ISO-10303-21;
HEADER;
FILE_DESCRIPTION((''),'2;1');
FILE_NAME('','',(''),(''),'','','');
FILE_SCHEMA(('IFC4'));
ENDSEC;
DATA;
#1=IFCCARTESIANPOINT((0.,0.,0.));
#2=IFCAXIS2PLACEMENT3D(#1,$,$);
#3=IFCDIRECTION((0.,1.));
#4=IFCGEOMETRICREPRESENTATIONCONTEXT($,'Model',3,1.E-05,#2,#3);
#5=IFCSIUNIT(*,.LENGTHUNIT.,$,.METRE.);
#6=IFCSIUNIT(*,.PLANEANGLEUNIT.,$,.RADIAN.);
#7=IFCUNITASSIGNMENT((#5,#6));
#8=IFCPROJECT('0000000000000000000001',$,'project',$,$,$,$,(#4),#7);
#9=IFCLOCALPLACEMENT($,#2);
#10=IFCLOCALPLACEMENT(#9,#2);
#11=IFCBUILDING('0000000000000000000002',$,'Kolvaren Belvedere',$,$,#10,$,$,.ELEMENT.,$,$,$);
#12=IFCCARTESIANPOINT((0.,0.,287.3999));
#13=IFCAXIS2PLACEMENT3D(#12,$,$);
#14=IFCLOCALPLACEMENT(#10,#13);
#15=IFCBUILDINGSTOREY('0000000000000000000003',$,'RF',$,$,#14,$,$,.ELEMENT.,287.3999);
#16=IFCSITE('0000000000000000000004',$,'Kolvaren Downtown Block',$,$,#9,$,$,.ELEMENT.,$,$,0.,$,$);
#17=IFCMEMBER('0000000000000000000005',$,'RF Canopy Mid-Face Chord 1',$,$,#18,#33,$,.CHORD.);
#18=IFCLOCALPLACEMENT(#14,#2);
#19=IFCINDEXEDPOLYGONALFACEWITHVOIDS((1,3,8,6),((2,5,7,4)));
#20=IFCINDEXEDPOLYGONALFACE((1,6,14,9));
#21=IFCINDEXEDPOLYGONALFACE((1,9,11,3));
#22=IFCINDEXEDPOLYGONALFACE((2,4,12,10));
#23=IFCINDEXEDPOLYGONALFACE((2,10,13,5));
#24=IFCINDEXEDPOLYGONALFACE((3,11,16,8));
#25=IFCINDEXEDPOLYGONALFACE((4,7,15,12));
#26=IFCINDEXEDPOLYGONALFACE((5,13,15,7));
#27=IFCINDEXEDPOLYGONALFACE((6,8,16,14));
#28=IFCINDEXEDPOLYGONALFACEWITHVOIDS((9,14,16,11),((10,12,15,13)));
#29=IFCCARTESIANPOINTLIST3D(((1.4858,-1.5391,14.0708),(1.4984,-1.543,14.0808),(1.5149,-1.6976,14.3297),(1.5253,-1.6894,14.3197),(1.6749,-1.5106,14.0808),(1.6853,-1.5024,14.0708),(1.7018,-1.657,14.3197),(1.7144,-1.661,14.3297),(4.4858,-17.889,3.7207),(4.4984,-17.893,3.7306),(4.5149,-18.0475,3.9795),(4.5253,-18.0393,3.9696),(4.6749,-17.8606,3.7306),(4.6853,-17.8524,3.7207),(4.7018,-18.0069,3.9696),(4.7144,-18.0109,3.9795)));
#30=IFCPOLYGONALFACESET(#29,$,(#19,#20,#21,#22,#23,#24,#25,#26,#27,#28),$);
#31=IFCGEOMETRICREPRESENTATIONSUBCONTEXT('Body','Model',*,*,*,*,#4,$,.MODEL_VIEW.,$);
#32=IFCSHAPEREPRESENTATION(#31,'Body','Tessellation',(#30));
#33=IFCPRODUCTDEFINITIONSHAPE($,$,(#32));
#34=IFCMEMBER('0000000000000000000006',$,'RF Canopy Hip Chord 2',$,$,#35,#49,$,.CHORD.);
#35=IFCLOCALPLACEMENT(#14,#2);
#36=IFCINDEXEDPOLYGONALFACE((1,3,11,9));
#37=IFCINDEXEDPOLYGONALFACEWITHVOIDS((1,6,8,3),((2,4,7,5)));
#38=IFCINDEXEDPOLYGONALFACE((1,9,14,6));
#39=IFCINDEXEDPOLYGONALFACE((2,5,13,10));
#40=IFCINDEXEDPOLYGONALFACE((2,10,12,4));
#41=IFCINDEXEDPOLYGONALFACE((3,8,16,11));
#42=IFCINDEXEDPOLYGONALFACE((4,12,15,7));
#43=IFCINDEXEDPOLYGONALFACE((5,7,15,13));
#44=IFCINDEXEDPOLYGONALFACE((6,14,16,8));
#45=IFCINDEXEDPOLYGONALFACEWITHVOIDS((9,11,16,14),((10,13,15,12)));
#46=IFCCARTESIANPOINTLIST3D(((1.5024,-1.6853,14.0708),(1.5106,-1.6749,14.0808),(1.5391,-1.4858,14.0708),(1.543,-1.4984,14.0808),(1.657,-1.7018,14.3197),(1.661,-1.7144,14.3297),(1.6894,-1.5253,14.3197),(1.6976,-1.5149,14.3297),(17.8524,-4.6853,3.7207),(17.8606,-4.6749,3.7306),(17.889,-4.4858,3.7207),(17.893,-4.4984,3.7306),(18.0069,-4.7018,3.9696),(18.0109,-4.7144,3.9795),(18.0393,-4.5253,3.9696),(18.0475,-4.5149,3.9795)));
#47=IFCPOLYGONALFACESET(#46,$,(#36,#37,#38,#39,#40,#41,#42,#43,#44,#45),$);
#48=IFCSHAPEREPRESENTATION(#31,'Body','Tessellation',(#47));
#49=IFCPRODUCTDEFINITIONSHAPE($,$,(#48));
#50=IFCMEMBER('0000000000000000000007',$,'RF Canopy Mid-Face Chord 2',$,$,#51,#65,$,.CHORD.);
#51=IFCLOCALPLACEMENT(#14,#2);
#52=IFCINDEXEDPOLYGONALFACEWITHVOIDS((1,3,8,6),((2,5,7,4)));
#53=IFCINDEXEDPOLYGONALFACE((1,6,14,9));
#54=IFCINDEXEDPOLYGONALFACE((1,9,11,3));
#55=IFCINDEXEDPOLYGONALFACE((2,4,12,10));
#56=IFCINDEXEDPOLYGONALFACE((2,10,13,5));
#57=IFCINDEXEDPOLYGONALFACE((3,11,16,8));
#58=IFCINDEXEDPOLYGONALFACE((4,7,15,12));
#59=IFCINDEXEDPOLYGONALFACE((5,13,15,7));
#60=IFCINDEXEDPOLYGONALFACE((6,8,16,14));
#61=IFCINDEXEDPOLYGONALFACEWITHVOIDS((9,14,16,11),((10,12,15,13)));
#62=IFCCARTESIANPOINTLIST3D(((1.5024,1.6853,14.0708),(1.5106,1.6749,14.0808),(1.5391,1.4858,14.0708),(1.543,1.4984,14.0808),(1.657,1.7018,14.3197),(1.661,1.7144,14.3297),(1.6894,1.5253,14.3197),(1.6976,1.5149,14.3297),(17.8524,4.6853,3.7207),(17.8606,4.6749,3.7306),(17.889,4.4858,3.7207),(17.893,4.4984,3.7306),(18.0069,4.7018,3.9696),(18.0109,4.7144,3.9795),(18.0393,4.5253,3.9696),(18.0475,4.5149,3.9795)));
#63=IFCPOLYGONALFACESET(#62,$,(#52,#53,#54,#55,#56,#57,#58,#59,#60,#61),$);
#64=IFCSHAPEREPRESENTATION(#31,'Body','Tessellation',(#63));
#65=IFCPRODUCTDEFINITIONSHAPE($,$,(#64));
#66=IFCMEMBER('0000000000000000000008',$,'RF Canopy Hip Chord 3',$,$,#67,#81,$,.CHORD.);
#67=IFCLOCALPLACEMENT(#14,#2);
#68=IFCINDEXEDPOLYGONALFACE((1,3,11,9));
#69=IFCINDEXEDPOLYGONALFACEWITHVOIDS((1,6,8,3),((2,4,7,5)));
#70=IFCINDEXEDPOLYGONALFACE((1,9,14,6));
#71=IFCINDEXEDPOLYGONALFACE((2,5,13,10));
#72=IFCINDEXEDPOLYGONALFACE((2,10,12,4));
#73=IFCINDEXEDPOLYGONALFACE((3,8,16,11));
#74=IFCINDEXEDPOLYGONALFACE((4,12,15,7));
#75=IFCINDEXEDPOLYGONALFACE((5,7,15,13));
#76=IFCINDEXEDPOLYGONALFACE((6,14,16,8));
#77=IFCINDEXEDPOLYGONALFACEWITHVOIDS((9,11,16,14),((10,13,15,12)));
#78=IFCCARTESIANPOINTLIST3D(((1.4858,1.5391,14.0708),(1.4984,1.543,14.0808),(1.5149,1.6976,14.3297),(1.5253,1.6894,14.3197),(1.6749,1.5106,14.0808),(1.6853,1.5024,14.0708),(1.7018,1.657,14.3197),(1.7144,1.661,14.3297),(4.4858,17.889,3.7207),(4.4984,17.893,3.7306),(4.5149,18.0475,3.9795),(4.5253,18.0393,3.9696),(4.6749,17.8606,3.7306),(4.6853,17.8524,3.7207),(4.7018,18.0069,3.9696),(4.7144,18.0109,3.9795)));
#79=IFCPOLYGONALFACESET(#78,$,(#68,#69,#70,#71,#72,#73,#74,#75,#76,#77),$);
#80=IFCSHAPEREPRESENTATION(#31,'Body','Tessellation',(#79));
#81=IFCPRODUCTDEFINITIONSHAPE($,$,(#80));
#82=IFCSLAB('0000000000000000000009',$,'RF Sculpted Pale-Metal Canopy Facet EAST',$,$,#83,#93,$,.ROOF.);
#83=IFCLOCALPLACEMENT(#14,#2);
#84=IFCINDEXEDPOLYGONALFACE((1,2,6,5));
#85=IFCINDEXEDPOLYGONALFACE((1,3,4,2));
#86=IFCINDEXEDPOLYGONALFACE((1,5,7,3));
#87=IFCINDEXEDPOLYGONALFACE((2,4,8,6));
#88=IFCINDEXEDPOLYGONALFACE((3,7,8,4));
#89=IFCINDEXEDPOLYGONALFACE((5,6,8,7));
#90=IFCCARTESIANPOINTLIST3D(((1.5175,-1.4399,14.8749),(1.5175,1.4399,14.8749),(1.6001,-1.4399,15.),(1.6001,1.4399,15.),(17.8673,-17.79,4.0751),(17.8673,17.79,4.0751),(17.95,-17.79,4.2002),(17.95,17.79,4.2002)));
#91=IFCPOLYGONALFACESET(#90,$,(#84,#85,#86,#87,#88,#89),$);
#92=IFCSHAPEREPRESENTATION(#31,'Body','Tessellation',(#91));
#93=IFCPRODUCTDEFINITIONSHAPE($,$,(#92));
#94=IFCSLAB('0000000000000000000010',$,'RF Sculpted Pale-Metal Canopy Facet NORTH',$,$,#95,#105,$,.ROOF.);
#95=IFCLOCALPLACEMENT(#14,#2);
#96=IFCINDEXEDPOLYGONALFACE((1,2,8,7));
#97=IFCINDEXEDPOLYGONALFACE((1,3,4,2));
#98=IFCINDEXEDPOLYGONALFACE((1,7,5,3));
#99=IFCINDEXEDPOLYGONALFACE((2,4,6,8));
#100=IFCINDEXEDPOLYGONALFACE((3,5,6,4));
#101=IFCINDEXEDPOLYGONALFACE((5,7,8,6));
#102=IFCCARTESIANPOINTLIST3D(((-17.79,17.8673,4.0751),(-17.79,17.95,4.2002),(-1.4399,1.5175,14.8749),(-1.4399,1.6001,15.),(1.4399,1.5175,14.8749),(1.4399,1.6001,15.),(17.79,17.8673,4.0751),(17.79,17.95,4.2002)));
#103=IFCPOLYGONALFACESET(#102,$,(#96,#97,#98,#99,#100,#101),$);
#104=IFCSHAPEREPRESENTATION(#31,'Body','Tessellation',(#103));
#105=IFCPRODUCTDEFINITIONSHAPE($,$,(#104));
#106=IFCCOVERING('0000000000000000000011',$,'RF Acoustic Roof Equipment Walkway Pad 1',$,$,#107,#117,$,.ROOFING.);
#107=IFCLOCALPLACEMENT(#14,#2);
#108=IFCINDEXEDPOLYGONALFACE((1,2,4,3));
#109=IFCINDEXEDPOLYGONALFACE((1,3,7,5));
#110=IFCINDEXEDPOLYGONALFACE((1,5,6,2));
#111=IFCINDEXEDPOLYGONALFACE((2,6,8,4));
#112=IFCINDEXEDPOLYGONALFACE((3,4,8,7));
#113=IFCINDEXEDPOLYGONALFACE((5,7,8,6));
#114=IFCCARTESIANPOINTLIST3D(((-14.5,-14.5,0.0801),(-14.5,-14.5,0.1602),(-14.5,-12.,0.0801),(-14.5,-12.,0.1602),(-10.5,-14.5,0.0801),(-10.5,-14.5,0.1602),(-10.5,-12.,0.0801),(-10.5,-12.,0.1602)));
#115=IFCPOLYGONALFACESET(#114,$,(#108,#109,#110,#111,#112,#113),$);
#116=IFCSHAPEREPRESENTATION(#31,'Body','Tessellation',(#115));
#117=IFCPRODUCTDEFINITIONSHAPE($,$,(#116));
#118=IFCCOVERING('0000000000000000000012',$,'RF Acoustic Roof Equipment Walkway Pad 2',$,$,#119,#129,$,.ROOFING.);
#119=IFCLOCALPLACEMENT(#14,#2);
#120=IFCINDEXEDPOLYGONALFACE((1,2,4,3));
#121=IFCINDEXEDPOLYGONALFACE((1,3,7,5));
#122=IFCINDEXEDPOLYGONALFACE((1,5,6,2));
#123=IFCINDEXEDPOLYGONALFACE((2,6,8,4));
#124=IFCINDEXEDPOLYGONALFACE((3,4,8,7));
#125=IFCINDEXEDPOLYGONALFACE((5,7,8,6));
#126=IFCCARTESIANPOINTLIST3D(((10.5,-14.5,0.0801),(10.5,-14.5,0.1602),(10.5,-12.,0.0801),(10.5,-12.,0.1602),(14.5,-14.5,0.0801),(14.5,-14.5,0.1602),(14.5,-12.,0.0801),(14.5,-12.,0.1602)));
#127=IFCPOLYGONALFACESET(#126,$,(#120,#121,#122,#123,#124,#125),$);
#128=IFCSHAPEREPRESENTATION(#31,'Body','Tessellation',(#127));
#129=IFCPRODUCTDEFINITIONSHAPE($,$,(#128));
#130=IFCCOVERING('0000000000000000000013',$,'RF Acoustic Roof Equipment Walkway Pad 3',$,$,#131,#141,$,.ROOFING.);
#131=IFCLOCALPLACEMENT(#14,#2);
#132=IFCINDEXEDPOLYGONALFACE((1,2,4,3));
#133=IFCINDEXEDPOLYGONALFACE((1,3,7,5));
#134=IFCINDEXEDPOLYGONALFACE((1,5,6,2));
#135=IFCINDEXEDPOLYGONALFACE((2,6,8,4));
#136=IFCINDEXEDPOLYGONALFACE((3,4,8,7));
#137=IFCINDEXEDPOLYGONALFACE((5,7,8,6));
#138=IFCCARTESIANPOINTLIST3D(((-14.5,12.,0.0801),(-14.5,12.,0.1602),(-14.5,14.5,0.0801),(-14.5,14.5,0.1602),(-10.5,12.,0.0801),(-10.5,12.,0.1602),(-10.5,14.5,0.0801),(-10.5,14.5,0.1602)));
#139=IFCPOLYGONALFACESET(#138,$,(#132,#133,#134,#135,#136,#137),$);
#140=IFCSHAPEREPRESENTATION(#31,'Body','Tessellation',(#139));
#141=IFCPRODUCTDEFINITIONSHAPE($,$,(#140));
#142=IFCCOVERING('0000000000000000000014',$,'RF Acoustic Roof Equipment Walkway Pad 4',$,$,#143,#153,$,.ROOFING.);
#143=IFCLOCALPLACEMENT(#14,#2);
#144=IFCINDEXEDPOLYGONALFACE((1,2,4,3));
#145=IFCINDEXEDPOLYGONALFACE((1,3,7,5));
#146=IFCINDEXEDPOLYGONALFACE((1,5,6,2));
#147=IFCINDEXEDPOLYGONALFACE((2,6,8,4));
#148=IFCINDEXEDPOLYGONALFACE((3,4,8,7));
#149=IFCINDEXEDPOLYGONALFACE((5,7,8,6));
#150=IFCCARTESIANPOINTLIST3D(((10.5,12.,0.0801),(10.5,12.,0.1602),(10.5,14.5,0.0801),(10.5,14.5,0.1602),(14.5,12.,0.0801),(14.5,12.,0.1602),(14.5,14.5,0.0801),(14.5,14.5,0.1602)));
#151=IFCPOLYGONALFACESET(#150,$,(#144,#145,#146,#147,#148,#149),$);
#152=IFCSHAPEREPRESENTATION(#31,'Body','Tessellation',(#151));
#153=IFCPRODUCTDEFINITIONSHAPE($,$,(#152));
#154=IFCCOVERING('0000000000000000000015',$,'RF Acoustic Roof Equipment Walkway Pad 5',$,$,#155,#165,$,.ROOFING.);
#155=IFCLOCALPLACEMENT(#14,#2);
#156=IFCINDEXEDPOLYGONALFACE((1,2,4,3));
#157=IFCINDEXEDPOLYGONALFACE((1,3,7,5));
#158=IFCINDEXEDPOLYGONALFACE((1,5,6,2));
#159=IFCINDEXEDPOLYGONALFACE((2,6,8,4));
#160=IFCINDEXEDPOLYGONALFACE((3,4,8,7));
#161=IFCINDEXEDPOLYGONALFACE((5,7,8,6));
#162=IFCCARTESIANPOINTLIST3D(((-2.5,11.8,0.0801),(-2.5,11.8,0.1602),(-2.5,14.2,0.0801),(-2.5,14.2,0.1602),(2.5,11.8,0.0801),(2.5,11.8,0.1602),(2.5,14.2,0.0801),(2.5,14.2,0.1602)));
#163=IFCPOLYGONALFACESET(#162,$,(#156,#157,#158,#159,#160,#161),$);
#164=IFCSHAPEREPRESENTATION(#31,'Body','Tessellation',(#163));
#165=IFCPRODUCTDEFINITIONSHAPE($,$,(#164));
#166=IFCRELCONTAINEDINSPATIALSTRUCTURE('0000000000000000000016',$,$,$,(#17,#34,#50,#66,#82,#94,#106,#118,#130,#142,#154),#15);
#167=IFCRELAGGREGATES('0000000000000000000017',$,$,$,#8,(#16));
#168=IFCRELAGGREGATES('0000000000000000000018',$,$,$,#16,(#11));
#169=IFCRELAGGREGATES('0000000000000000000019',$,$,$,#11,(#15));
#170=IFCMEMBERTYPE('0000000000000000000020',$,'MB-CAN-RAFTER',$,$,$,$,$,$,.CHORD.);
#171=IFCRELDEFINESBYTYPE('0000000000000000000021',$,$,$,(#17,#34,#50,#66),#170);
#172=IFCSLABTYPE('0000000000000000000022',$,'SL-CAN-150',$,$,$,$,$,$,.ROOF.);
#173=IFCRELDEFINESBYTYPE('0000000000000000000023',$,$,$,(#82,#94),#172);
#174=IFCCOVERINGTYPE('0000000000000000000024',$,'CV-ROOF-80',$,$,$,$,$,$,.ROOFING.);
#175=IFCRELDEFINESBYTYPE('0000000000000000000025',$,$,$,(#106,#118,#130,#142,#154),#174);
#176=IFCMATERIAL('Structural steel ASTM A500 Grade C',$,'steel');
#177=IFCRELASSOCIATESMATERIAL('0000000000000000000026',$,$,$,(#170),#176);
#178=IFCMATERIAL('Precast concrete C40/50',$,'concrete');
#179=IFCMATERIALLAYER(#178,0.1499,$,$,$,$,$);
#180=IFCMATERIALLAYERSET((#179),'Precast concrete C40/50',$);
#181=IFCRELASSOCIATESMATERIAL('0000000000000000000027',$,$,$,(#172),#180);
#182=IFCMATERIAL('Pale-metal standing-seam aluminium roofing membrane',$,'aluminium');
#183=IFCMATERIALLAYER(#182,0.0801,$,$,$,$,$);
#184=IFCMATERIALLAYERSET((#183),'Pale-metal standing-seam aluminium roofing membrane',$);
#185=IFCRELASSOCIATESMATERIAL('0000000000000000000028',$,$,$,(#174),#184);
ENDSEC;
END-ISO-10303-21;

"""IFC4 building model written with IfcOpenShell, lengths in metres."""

from ifc_helpers import new_model, si_unit, direction, frame, origin, origin_2d, place, context, subcontext, project, spatial, polyline, hollow_rectangle, outline, extrude, material, layer, layer_set, material_profile, profile_set, type_object, element, save


model = new_model("IFC4")

# Units and contexts
model_context = context("Model", 3, precision=1e-05, world=origin(), true_north=direction((0.0, 1.0)))
body_context = subcontext(model_context, "Body", "Model", "MODEL_VIEW")
ifc_project = project(units=[si_unit("LENGTHUNIT", "METRE"), si_unit("PLANEANGLEUNIT", "RADIAN")], contexts=[model_context])

# Site, building, storey
site_placement = place(None, origin())
site = spatial("IfcSite", under=ifc_project, at=site_placement, Name="Kolvaren Downtown Block", CompositionType="ELEMENT", RefElevation=0.0)
building_placement = place(site_placement, origin())
building = spatial("IfcBuilding", under=site, at=building_placement, Name="Kolvaren Belvedere", CompositionType="ELEMENT")
storey_placement = place(building_placement, frame((0.0, 0.0, 287.3999)))
storey = spatial("IfcBuildingStorey", under=building, at=storey_placement, Name="RF", CompositionType="ELEMENT", Elevation=287.3999)

# Members
ifc_material_1 = material(Name="Structural steel ASTM A500 Grade C", Category="steel")
ifc_material_profile_1 = material_profile(ifc_material_1, hollow_rectangle(XDim=0.2029, YDim=0.3049, WallThickness=0.0117, at=origin_2d()), Name="HSS12X8X1/2")
ifc_profile_set_1 = profile_set([ifc_material_profile_1], Name="Structural steel ASTM A500 Grade C")
member_type_1 = type_object("IfcMemberType", Name="MB-CAN-RAFTER", PredefinedType="CHORD", material=ifc_profile_set_1)
for number, where, z_axis, x_axis, name in (
    (1, (4.6001, -17.95, 3.8501), (-0.153204, 0.834957, 0.52856), (-0.98358, -0.180475, 0.0), "RF Canopy Mid-Face Chord 1"),
    (2, (17.95, -4.6001, 3.8501), (-0.834957, 0.153204, 0.52856), (-0.180475, -0.98358, 0.0), "RF Canopy Hip Chord 2"),
    (3, (17.95, 4.6001, 3.8501), (-0.834957, -0.153204, 0.52856), (0.180475, -0.98358, 0.0), "RF Canopy Mid-Face Chord 2"),
    (4, (4.6001, 17.95, 3.8501), (-0.153204, -0.834957, 0.52856), (0.98358, -0.180475, 0.0), "RF Canopy Hip Chord 3"),
):
    element("IfcMember", number, at=place(storey_placement, frame(where, z_axis=z_axis, x_axis=x_axis)), inside=storey, type_object=member_type_1, Name=name, PredefinedType="CHORD", context=body_context, shape_type="SweptSolid", body=[
        extrude(hollow_rectangle(XDim=0.2029, YDim=0.3049, WallThickness=0.0117, at=origin_2d()), origin(), (0.0, 0.0, 1.0), 19.5818),
    ])

# Slabs
ifc_material_2 = material(Name="Precast concrete C40/50", Category="concrete")
ifc_layer_1 = layer(ifc_material_2, 0.1499)
ifc_layer_set_1 = layer_set([ifc_layer_1], Name="Precast concrete C40/50")
slab_type = type_object("IfcSlabType", Name="SL-CAN-150", PredefinedType="ROOF", material=ifc_layer_set_1)
for number, where, z_axis, x_axis, name in (
    (5, (17.95, -17.79, 4.2002), (0.551159, 0.0, 0.8344), (0.0, 1.0, 0.0), "RF Sculpted Pale-Metal Canopy Facet EAST"),
    (6, (17.79, 17.95, 4.2002), (0.0, 0.551159, 0.8344), (-1.0, 0.0, 0.0), "RF Sculpted Pale-Metal Canopy Facet NORTH"),
):
    element("IfcSlab", number, at=place(storey_placement, frame(where, z_axis=z_axis, x_axis=x_axis)), inside=storey, type_object=slab_type, Name=name, PredefinedType="ROOF", context=body_context, shape_type="SweptSolid", body=[
        extrude(outline(polyline([(0.0, 0.0), (35.5801, 0.0), (19.23, 19.5947), (16.3501, 19.5947), (0.0, 0.0)])), origin(), (0.0, 0.0, -1.0), 0.1499),
    ])

# Coverings
ifc_material_3 = material(Name="Pale-metal standing-seam aluminium roofing membrane", Category="aluminium")
ifc_layer_2 = layer(ifc_material_3, 0.0801)
ifc_layer_set_2 = layer_set([ifc_layer_2], Name="Pale-metal standing-seam aluminium roofing membrane")
covering_type = type_object("IfcCoveringType", Name="CV-ROOF-80", PredefinedType="ROOFING", material=ifc_layer_set_2)
covering_1_placement = place(storey_placement, frame((0.0, 0.0, 0.0801)))
element("IfcCovering", 7, at=covering_1_placement, inside=storey, type_object=covering_type, Name="RF Acoustic Roof Equipment Walkway Pad 1", PredefinedType="ROOFING", context=body_context, shape_type="SweptSolid", body=[
    extrude(outline(polyline([(-14.5, -14.5), (-10.5, -14.5), (-10.5, -12.0), (-14.5, -12.0), (-14.5, -14.5)])), origin(), (0.0, 0.0, 1.0), 0.0801),
])
covering_2_placement = place(storey_placement, frame((0.0, 0.0, 0.0801)))
element("IfcCovering", 8, at=covering_2_placement, inside=storey, type_object=covering_type, Name="RF Acoustic Roof Equipment Walkway Pad 2", PredefinedType="ROOFING", context=body_context, shape_type="SweptSolid", body=[
    extrude(outline(polyline([(10.5, -14.5), (14.5, -14.5), (14.5, -12.0), (10.5, -12.0), (10.5, -14.5)])), origin(), (0.0, 0.0, 1.0), 0.0801),
])
covering_3_placement = place(storey_placement, frame((0.0, 0.0, 0.0801)))
element("IfcCovering", 9, at=covering_3_placement, inside=storey, type_object=covering_type, Name="RF Acoustic Roof Equipment Walkway Pad 3", PredefinedType="ROOFING", context=body_context, shape_type="SweptSolid", body=[
    extrude(outline(polyline([(-14.5, 12.0), (-10.5, 12.0), (-10.5, 14.5), (-14.5, 14.5), (-14.5, 12.0)])), origin(), (0.0, 0.0, 1.0), 0.0801),
])
covering_4_placement = place(storey_placement, frame((0.0, 0.0, 0.0801)))
element("IfcCovering", 10, at=covering_4_placement, inside=storey, type_object=covering_type, Name="RF Acoustic Roof Equipment Walkway Pad 4", PredefinedType="ROOFING", context=body_context, shape_type="SweptSolid", body=[
    extrude(outline(polyline([(10.5, 12.0), (14.5, 12.0), (14.5, 14.5), (10.5, 14.5), (10.5, 12.0)])), origin(), (0.0, 0.0, 1.0), 0.0801),
])
covering_5_placement = place(storey_placement, frame((0.0, 0.0, 0.0801)))
element("IfcCovering", 11, at=covering_5_placement, inside=storey, type_object=covering_type, Name="RF Acoustic Roof Equipment Walkway Pad 5", PredefinedType="ROOFING", context=body_context, shape_type="SweptSolid", body=[
    extrude(outline(polyline([(-2.5, 11.8), (2.5, 11.8), (2.5, 14.2), (-2.5, 14.2), (-2.5, 11.8)])), origin(), (0.0, 0.0, 1.0), 0.0801),
])

save(model, "model.ifc")
